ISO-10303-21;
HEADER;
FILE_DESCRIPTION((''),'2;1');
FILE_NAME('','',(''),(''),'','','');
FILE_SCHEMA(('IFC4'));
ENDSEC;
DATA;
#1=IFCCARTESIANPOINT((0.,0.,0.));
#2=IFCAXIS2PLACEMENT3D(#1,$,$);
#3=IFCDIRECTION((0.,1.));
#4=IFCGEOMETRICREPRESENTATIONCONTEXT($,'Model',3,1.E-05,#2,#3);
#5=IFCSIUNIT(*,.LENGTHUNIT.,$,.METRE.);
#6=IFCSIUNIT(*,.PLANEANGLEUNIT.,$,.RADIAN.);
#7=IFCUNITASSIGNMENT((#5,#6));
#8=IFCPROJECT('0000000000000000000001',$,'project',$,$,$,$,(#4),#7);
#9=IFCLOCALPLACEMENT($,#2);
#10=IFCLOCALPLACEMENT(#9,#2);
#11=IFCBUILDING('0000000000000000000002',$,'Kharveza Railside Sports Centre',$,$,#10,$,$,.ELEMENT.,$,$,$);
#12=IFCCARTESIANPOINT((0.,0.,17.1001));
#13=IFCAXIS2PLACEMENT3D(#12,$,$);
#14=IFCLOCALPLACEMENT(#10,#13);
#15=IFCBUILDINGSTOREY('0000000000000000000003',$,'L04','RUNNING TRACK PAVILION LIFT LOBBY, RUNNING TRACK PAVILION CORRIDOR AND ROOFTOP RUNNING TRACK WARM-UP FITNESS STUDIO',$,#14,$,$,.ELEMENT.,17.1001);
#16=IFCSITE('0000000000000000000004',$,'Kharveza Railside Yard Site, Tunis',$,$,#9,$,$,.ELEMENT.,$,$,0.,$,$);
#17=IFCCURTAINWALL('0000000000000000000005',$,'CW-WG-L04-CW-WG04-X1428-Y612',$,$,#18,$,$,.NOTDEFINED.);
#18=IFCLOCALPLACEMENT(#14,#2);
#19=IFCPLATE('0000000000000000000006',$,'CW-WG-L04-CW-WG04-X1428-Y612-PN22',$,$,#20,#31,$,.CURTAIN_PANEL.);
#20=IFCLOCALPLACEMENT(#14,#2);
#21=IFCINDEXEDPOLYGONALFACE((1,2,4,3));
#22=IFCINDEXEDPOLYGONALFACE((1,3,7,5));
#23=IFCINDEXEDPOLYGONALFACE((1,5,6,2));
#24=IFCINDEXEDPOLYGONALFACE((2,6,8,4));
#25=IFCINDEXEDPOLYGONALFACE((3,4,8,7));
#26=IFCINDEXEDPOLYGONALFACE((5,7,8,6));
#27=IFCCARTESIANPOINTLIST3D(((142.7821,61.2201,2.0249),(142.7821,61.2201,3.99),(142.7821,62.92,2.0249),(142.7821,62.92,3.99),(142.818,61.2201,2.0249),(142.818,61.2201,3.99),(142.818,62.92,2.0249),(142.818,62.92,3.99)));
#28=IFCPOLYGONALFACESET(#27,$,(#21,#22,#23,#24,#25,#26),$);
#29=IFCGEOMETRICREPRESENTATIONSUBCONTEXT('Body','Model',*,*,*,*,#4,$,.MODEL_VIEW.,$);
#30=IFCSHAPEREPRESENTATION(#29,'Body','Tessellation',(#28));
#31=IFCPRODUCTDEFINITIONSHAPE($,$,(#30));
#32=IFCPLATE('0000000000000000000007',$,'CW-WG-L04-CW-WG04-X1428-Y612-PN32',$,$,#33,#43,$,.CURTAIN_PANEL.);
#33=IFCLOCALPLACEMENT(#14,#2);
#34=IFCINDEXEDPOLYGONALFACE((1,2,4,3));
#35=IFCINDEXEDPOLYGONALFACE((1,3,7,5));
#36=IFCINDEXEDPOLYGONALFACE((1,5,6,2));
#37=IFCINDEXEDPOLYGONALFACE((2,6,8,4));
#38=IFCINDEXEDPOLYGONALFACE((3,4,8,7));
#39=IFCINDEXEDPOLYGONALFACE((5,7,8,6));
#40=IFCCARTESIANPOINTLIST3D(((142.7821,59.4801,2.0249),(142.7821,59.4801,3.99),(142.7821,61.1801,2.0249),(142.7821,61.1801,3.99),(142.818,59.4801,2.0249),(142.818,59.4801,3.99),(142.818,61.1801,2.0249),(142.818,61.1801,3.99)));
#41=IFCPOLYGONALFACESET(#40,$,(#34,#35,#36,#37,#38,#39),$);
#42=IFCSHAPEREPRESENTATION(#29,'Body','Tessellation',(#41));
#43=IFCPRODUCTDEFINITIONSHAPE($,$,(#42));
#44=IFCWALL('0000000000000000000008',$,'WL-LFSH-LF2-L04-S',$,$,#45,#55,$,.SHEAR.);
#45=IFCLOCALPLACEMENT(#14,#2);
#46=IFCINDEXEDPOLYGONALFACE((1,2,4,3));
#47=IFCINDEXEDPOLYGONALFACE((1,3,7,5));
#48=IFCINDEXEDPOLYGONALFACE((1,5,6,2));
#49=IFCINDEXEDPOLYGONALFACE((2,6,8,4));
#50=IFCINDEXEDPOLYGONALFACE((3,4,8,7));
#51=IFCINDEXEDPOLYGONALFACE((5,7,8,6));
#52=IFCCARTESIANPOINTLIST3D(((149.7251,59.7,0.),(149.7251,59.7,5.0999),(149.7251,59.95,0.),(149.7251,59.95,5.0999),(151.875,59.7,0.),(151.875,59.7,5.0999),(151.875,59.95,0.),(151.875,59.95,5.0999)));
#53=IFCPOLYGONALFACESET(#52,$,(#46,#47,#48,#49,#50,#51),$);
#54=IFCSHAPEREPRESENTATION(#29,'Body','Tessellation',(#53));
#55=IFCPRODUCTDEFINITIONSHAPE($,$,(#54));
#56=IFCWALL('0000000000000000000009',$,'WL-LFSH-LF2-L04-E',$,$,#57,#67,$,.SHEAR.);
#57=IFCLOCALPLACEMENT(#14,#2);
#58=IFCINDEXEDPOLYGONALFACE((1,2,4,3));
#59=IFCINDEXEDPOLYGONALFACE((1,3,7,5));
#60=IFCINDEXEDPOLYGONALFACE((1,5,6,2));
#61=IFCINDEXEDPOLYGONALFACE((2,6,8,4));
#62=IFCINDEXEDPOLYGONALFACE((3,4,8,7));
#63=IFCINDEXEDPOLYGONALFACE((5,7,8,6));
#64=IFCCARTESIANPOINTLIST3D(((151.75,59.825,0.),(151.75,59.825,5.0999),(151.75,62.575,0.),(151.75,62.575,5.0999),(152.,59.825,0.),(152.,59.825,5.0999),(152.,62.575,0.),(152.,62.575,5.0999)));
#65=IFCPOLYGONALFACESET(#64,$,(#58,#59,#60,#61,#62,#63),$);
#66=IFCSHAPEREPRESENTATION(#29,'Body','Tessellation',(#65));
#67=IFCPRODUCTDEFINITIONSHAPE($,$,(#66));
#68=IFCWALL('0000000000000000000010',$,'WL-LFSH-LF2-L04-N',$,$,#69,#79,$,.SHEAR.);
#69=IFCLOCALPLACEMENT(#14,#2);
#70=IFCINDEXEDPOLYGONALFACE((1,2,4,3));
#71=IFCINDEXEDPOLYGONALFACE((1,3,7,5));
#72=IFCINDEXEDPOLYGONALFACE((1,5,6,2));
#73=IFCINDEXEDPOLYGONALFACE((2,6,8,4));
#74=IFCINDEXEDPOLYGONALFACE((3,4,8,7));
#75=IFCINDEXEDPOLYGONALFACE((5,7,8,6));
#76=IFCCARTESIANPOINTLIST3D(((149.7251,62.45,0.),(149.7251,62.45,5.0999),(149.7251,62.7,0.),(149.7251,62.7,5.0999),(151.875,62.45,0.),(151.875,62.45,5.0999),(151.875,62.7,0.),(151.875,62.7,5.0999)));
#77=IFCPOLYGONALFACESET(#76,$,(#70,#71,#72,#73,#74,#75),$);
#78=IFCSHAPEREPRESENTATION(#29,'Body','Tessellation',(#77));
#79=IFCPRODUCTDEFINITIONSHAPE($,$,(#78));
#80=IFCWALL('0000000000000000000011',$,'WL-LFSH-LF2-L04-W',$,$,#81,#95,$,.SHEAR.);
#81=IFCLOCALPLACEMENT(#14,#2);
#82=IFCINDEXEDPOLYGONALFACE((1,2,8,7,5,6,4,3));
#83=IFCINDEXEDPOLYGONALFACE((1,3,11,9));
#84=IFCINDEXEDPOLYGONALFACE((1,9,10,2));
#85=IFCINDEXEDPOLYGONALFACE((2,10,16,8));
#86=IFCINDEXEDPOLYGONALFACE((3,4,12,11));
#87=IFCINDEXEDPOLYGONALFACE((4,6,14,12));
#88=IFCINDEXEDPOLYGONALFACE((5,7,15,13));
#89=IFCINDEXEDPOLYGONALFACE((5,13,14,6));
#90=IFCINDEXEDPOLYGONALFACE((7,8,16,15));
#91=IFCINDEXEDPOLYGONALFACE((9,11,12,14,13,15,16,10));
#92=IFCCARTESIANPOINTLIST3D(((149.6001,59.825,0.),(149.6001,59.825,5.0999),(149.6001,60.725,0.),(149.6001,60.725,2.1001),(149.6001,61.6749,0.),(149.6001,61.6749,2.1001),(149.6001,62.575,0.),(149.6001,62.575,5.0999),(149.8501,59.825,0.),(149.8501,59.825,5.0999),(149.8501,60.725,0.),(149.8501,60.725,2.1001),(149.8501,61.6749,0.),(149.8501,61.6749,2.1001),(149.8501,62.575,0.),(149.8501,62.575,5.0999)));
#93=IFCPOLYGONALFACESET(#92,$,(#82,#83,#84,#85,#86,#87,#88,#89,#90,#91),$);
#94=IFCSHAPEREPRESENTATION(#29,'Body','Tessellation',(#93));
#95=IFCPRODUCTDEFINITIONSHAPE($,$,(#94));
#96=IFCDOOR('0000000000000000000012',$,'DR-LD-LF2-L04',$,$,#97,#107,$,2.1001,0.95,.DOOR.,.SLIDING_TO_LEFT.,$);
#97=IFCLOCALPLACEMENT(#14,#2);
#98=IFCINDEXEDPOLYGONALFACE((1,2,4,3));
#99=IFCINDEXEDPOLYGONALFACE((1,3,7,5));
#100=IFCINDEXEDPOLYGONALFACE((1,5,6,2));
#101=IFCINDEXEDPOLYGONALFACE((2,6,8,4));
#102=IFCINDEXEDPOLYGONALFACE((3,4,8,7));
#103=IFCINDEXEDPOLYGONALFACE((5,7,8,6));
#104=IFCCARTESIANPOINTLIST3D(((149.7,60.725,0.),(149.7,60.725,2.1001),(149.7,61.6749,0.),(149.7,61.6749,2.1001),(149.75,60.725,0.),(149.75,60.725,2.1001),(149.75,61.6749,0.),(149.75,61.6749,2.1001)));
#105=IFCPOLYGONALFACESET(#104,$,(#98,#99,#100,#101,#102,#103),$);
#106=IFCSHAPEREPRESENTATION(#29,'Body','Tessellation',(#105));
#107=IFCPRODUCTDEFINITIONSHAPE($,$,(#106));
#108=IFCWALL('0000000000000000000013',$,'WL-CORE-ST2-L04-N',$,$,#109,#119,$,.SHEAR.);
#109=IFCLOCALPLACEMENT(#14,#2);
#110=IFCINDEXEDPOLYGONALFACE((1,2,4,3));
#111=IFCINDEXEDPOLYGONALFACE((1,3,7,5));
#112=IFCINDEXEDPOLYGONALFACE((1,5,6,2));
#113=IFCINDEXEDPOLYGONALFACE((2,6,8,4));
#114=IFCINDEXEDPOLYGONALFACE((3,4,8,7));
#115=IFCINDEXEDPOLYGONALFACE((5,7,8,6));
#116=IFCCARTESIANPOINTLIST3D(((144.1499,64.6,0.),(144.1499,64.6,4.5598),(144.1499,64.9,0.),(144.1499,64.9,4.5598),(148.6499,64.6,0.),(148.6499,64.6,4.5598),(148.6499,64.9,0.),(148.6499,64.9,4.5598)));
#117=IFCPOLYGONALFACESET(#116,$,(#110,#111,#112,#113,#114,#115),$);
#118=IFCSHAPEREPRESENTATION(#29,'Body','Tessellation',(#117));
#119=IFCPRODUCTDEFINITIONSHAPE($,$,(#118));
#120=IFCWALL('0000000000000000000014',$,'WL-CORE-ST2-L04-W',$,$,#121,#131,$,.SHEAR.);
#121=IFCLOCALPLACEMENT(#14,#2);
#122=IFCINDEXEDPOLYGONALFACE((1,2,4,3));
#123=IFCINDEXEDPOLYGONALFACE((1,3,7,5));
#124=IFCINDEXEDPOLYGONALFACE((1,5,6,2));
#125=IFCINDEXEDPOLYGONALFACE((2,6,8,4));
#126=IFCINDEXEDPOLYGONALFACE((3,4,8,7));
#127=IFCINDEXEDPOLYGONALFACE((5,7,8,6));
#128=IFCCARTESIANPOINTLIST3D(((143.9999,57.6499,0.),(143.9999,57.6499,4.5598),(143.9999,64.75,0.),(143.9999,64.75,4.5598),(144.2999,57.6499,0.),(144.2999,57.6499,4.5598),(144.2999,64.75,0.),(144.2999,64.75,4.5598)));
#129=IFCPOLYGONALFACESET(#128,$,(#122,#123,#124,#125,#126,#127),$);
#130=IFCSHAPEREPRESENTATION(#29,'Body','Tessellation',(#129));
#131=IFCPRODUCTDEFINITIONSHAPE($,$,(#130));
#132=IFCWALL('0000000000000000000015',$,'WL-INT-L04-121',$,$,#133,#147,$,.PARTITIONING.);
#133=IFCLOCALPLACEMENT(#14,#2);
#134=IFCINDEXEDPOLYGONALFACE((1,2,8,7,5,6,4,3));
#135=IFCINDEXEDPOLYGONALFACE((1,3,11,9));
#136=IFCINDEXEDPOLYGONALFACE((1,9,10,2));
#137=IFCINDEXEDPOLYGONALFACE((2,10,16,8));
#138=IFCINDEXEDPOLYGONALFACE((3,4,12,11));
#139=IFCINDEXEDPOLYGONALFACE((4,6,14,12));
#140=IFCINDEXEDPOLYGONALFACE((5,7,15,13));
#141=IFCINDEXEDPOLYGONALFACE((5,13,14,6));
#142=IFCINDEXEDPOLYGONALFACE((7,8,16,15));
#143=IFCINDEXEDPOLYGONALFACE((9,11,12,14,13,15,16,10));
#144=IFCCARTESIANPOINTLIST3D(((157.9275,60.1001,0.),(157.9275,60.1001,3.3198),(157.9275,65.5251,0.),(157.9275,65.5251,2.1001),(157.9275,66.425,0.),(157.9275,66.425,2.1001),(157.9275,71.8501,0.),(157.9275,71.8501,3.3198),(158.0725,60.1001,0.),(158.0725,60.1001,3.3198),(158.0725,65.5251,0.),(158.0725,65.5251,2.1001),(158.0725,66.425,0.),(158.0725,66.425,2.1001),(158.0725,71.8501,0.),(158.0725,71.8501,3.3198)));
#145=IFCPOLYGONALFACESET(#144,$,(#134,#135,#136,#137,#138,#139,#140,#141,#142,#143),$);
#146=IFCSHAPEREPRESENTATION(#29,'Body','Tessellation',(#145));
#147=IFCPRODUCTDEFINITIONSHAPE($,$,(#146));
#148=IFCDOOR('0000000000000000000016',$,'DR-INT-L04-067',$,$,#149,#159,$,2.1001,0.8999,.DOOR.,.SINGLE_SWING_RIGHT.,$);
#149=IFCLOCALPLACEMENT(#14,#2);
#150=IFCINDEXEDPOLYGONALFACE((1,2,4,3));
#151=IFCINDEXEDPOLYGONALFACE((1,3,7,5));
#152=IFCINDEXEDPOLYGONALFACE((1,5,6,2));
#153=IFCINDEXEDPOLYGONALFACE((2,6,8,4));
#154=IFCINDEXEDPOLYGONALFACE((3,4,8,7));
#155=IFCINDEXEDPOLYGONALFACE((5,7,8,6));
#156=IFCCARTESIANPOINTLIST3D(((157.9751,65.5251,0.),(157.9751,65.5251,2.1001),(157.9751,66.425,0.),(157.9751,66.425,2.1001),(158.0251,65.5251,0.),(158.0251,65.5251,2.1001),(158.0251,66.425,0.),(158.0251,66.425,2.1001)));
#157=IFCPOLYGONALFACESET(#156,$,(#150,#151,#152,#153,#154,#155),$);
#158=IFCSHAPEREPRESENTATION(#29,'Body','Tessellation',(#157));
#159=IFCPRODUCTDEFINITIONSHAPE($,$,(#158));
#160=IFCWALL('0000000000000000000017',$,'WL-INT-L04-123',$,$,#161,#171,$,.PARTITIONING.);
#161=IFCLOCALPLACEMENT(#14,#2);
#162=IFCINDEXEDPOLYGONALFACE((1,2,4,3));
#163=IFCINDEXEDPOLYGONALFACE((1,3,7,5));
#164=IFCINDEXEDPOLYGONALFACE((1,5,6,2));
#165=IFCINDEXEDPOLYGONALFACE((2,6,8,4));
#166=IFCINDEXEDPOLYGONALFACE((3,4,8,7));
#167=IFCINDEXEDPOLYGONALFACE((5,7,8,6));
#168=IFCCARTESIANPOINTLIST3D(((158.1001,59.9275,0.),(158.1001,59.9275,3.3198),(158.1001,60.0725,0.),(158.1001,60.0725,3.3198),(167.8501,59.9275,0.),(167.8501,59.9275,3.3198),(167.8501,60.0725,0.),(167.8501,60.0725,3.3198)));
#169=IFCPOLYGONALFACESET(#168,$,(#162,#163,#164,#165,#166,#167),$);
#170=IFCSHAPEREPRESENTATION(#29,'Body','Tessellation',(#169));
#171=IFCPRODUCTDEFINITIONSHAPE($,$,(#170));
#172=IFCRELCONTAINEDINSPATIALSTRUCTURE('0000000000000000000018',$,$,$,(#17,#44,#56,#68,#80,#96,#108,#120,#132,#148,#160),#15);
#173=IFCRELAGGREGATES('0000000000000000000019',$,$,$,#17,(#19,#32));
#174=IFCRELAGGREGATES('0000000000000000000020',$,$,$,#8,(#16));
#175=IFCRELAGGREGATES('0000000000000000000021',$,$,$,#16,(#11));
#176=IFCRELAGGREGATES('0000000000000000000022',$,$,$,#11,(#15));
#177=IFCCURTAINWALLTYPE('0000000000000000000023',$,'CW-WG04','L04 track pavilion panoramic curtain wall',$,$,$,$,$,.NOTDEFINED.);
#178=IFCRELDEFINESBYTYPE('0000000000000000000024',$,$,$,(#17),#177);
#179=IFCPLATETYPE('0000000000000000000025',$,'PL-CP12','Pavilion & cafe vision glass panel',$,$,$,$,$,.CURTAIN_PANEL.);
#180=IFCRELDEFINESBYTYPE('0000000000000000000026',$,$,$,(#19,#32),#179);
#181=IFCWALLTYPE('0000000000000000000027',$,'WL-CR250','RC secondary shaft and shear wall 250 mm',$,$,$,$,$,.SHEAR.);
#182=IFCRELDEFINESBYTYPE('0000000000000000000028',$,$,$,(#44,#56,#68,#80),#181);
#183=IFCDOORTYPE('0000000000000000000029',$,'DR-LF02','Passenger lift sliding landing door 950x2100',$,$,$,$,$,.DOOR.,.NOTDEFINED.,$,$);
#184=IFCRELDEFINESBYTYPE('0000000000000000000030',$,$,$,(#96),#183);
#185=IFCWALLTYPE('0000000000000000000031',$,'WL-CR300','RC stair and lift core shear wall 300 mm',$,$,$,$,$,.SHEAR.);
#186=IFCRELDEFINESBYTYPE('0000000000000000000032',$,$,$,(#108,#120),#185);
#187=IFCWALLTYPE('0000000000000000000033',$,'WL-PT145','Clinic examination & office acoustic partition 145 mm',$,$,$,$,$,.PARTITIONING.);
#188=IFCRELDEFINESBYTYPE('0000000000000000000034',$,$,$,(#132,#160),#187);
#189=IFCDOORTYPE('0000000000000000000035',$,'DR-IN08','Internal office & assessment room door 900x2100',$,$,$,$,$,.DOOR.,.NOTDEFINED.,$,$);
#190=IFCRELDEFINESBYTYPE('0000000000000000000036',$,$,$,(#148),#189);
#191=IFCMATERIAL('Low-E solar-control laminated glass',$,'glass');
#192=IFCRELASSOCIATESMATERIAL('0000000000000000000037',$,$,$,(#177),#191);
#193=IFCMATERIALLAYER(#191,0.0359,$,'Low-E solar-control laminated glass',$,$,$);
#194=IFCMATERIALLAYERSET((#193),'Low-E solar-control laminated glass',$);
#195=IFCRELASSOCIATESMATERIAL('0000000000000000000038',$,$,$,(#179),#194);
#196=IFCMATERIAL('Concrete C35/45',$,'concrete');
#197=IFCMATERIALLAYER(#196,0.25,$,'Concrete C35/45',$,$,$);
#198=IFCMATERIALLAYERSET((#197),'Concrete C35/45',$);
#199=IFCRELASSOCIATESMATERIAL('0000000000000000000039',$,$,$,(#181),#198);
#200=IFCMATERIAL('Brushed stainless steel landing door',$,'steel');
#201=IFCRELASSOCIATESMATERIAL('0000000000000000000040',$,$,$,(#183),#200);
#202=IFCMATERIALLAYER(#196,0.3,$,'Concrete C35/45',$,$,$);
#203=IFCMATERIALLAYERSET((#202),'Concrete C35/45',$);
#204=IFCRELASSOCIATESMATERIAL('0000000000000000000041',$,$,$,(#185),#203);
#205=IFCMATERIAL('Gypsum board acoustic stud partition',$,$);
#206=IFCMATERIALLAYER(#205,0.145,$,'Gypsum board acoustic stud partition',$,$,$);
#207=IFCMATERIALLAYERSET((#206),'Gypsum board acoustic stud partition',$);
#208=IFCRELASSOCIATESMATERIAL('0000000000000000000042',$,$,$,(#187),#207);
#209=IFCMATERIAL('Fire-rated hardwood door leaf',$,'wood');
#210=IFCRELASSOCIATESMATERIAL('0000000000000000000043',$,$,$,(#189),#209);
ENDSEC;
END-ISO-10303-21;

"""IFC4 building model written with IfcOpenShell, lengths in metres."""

from ifc_helpers import new_model, si_unit, direction, frame, frame_2d, origin, origin_2d, place, context, subcontext, project, spatial, rectangle, extrude, material, layer, layer_set, type_object, element, fill, aggregate, save


model = new_model("IFC4")

# Units and contexts
model_context = context("Model", 3, precision=1e-05, world=origin(), true_north=direction((0.0, 1.0)))
body_context = subcontext(model_context, "Body", "Model", "MODEL_VIEW")
ifc_project = project(units=[si_unit("LENGTHUNIT", "METRE"), si_unit("PLANEANGLEUNIT", "RADIAN")], contexts=[model_context])

# Site, building, storey
site_placement = place(None, origin())
site = spatial("IfcSite", under=ifc_project, at=site_placement, Name="Kharveza Railside Yard Site, Tunis", CompositionType="ELEMENT", RefElevation=0.0)
building_placement = place(site_placement, origin())
building = spatial("IfcBuilding", under=site, at=building_placement, Name="Kharveza Railside Sports Centre", CompositionType="ELEMENT")
storey_placement = place(building_placement, frame((0.0, 0.0, 17.1001)))
storey = spatial("IfcBuildingStorey", under=building, at=storey_placement, Name="L04", Description="RUNNING TRACK PAVILION LIFT LOBBY, RUNNING TRACK PAVILION CORRIDOR AND ROOFTOP RUNNING TRACK WARM-UP FITNESS STUDIO", CompositionType="ELEMENT", Elevation=17.1001)

# Curtain wall
ifc_material_1 = material(Name="Low-E solar-control laminated glass", Category="glass")
curtain_wall_type = type_object("IfcCurtainWallType", Name="CW-WG04", Description="L04 track pavilion panoramic curtain wall", PredefinedType="NOTDEFINED", material=ifc_material_1)
curtain_wall_placement = place(storey_placement, origin())
curtain_wall = element("IfcCurtainWall", 1, at=curtain_wall_placement, inside=storey, type_object=curtain_wall_type, Name="CW-WG-L04-CW-WG04-X1428-Y612", PredefinedType="NOTDEFINED")

# Plates
ifc_layer_1 = layer(ifc_material_1, 0.0359, Name="Low-E solar-control laminated glass")
ifc_layer_set_1 = layer_set([ifc_layer_1], Name="Low-E solar-control laminated glass")
plate_type_1 = type_object("IfcPlateType", Name="PL-CP12", Description="Pavilion & cafe vision glass panel", PredefinedType="CURTAIN_PANEL", material=ifc_layer_set_1)
plate_1_placement = place(storey_placement, frame((142.8, 62.0701, 2.0249), z_axis=(0.0, 0.0, 1.0), x_axis=(0.0, -1.0, 0.0)))
plate_1 = element("IfcPlate", 2, at=plate_1_placement, type_object=plate_type_1, Name="CW-WG-L04-CW-WG04-X1428-Y612-PN22", PredefinedType="CURTAIN_PANEL", context=body_context, shape_type="SweptSolid", body=[
    extrude(rectangle(XDim=1.7, YDim=0.0359, at=origin_2d()), origin(), (0.0, 0.0, 1.0), 1.9651),
])
plate_2_placement = place(storey_placement, frame((142.8, 60.3301, 2.0249), z_axis=(0.0, 0.0, 1.0), x_axis=(0.0, -1.0, 0.0)))
plate_2 = element("IfcPlate", 3, at=plate_2_placement, type_object=plate_type_1, Name="CW-WG-L04-CW-WG04-X1428-Y612-PN32", PredefinedType="CURTAIN_PANEL", context=body_context, shape_type="SweptSolid", body=[
    extrude(rectangle(XDim=1.7, YDim=0.0359, at=origin_2d()), origin(), (0.0, 0.0, 1.0), 1.9651),
])
aggregate(curtain_wall, [plate_1, plate_2])

# Walls
ifc_material_2 = material(Name="Concrete C35/45", Category="concrete")
ifc_layer_2 = layer(ifc_material_2, 0.25, Name="Concrete C35/45")
ifc_layer_set_2 = layer_set([ifc_layer_2], Name="Concrete C35/45")
wall_type_1 = type_object("IfcWallType", Name="WL-CR250", Description="RC secondary shaft and shear wall 250 mm", PredefinedType="SHEAR", material=ifc_layer_set_2)
wall_1_placement = place(storey_placement, frame((149.7251, 59.825, 0.0), z_axis=(0.0, 0.0, 1.0), x_axis=(1.0, 0.0, 0.0)))
element("IfcWall", 4, at=wall_1_placement, inside=storey, type_object=wall_type_1, Name="WL-LFSH-LF2-L04-S", PredefinedType="SHEAR", context=body_context, shape_type="SweptSolid", body=[
    extrude(rectangle(XDim=2.1499, YDim=0.25, at=frame_2d((1.075, 0.0))), origin(), (0.0, 0.0, 1.0), 5.0999),
])
wall_2_placement = place(storey_placement, frame((151.875, 59.825, 0.0), z_axis=(0.0, 0.0, 1.0), x_axis=(0.0, 1.0, 0.0)))
element("IfcWall", 5, at=wall_2_placement, inside=storey, type_object=wall_type_1, Name="WL-LFSH-LF2-L04-E", PredefinedType="SHEAR", context=body_context, shape_type="SweptSolid", body=[
    extrude(rectangle(XDim=2.75, YDim=0.25, at=frame_2d((1.375, 0.0))), origin(), (0.0, 0.0, 1.0), 5.0999),
])
wall_3_placement = place(storey_placement, frame((151.875, 62.575, 0.0), z_axis=(0.0, 0.0, 1.0), x_axis=(-1.0, 0.0, 0.0)))
element("IfcWall", 6, at=wall_3_placement, inside=storey, type_object=wall_type_1, Name="WL-LFSH-LF2-L04-N", PredefinedType="SHEAR", context=body_context, shape_type="SweptSolid", body=[
    extrude(rectangle(XDim=2.1499, YDim=0.25, at=frame_2d((1.075, 0.0))), origin(), (0.0, 0.0, 1.0), 5.0999),
])

# Wall, opening, door
wall_4_placement = place(storey_placement, frame((149.7251, 62.575, 0.0), z_axis=(0.0, 0.0, 1.0), x_axis=(0.0, -1.0, 0.0)))
wall_4 = element("IfcWall", 7, at=wall_4_placement, inside=storey, type_object=wall_type_1, Name="WL-LFSH-LF2-L04-W", PredefinedType="SHEAR", context=body_context, shape_type="SweptSolid", body=[
    extrude(rectangle(XDim=2.75, YDim=0.25, at=frame_2d((1.375, 0.0))), origin(), (0.0, 0.0, 1.0), 5.0999),
])
opening_1_placement = place(wall_4_placement, frame((0.8999, 0.0, 0.0)))
opening_1 = element("IfcOpeningElement", 8, at=opening_1_placement, cuts=wall_4, PredefinedType="OPENING", context=body_context, shape_type="SweptSolid", body=[
    extrude(rectangle(XDim=0.95, YDim=2.1001, at=frame_2d((0.4751, 1.05))), frame((0.0, 0.1499, 0.0), z_axis=(0.0, -1.0, 0.0), x_axis=(1.0, 0.0, 0.0)), (0.0, 0.0, 1.0), 0.2998),
])
ifc_material_3 = material(Name="Brushed stainless steel landing door", Category="steel")
door_type_1 = type_object("IfcDoorType", Name="DR-LF02", Description="Passenger lift sliding landing door 950x2100", OperationType="NOTDEFINED", PredefinedType="DOOR", material=ifc_material_3)
door_1_placement = place(opening_1_placement, origin())
door_1 = element("IfcDoor", 9, at=door_1_placement, inside=storey, type_object=door_type_1, Name="DR-LD-LF2-L04", OperationType="SLIDING_TO_LEFT", OverallHeight=2.1001, OverallWidth=0.95, PredefinedType="DOOR", context=body_context, shape_type="SweptSolid", body=[
    extrude(rectangle(XDim=0.95, YDim=2.1001, at=frame_2d((0.4751, 1.05))), frame((0.0, 0.0249, 0.0), z_axis=(0.0, -1.0, 0.0), x_axis=(1.0, 0.0, 0.0)), (0.0, 0.0, 1.0), 0.05),
])
fill(opening_1, door_1)

# Walls
ifc_layer_3 = layer(ifc_material_2, 0.3, Name="Concrete C35/45")
ifc_layer_set_3 = layer_set([ifc_layer_3], Name="Concrete C35/45")
wall_type_2 = type_object("IfcWallType", Name="WL-CR300", Description="RC stair and lift core shear wall 300 mm", PredefinedType="SHEAR", material=ifc_layer_set_3)
wall_5_placement = place(storey_placement, frame((148.6499, 64.75, 0.0), z_axis=(0.0, 0.0, 1.0), x_axis=(-1.0, 0.0, 0.0)))
element("IfcWall", 10, at=wall_5_placement, inside=storey, type_object=wall_type_2, Name="WL-CORE-ST2-L04-N", PredefinedType="SHEAR", context=body_context, shape_type="SweptSolid", body=[
    extrude(rectangle(XDim=4.5, YDim=0.3, at=frame_2d((2.25, 0.0))), origin(), (0.0, 0.0, 1.0), 4.5598),
])
wall_6_placement = place(storey_placement, frame((144.1499, 64.75, 0.0), z_axis=(0.0, 0.0, 1.0), x_axis=(0.0, -1.0, 0.0)))
element("IfcWall", 11, at=wall_6_placement, inside=storey, type_object=wall_type_2, Name="WL-CORE-ST2-L04-W", PredefinedType="SHEAR", context=body_context, shape_type="SweptSolid", body=[
    extrude(rectangle(XDim=7.1001, YDim=0.3, at=frame_2d((3.55, 0.0))), origin(), (0.0, 0.0, 1.0), 4.5598),
])

# Wall, opening, door
ifc_material_4 = material(Name="Gypsum board acoustic stud partition")
ifc_layer_4 = layer(ifc_material_4, 0.145, Name="Gypsum board acoustic stud partition")
ifc_layer_set_4 = layer_set([ifc_layer_4], Name="Gypsum board acoustic stud partition")
wall_type_3 = type_object("IfcWallType", Name="WL-PT145", Description="Clinic examination & office acoustic partition 145 mm", PredefinedType="PARTITIONING", material=ifc_layer_set_4)
wall_7_placement = place(storey_placement, frame((158.0, 60.1001, 0.0), z_axis=(0.0, 0.0, 1.0), x_axis=(0.0, 1.0, 0.0)))
wall_7 = element("IfcWall", 12, at=wall_7_placement, inside=storey, type_object=wall_type_3, Name="WL-INT-L04-121", PredefinedType="PARTITIONING", context=body_context, shape_type="SweptSolid", body=[
    extrude(rectangle(XDim=11.75, YDim=0.145, at=frame_2d((5.875, 0.0))), origin(), (0.0, 0.0, 1.0), 3.3198),
])
opening_2_placement = place(wall_7_placement, frame((5.425, 0.0, 0.0)))
opening_2 = element("IfcOpeningElement", 13, at=opening_2_placement, cuts=wall_7, PredefinedType="OPENING", context=body_context, shape_type="SweptSolid", body=[
    extrude(rectangle(XDim=0.8999, YDim=2.1001, at=frame_2d((0.45, 1.05))), frame((0.0, 0.0974, 0.0), z_axis=(0.0, -1.0, 0.0), x_axis=(1.0, 0.0, 0.0)), (0.0, 0.0, 1.0), 0.1948),
])
ifc_material_5 = material(Name="Fire-rated hardwood door leaf", Category="wood")
door_type_2 = type_object("IfcDoorType", Name="DR-IN08", Description="Internal office & assessment room door 900x2100", OperationType="NOTDEFINED", PredefinedType="DOOR", material=ifc_material_5)
door_2_placement = place(opening_2_placement, origin())
door_2 = element("IfcDoor", 14, at=door_2_placement, inside=storey, type_object=door_type_2, Name="DR-INT-L04-067", OperationType="SINGLE_SWING_RIGHT", OverallHeight=2.1001, OverallWidth=0.8999, PredefinedType="DOOR", context=body_context, shape_type="SweptSolid", body=[
    extrude(rectangle(XDim=0.8999, YDim=2.1001, at=frame_2d((0.45, 1.05))), frame((0.0, 0.0249, 0.0), z_axis=(0.0, -1.0, 0.0), x_axis=(1.0, 0.0, 0.0)), (0.0, 0.0, 1.0), 0.05),
])
fill(opening_2, door_2)

# Wall
wall_8_placement = place(storey_placement, frame((158.1001, 60.0, 0.0), z_axis=(0.0, 0.0, 1.0), x_axis=(1.0, 0.0, 0.0)))
element("IfcWall", 15, at=wall_8_placement, inside=storey, type_object=wall_type_3, Name="WL-INT-L04-123", PredefinedType="PARTITIONING", context=body_context, shape_type="SweptSolid", body=[
    extrude(rectangle(XDim=9.75, YDim=0.145, at=frame_2d((4.875, 0.0))), origin(), (0.0, 0.0, 1.0), 3.3198),
])

save(model, "model.ifc")
